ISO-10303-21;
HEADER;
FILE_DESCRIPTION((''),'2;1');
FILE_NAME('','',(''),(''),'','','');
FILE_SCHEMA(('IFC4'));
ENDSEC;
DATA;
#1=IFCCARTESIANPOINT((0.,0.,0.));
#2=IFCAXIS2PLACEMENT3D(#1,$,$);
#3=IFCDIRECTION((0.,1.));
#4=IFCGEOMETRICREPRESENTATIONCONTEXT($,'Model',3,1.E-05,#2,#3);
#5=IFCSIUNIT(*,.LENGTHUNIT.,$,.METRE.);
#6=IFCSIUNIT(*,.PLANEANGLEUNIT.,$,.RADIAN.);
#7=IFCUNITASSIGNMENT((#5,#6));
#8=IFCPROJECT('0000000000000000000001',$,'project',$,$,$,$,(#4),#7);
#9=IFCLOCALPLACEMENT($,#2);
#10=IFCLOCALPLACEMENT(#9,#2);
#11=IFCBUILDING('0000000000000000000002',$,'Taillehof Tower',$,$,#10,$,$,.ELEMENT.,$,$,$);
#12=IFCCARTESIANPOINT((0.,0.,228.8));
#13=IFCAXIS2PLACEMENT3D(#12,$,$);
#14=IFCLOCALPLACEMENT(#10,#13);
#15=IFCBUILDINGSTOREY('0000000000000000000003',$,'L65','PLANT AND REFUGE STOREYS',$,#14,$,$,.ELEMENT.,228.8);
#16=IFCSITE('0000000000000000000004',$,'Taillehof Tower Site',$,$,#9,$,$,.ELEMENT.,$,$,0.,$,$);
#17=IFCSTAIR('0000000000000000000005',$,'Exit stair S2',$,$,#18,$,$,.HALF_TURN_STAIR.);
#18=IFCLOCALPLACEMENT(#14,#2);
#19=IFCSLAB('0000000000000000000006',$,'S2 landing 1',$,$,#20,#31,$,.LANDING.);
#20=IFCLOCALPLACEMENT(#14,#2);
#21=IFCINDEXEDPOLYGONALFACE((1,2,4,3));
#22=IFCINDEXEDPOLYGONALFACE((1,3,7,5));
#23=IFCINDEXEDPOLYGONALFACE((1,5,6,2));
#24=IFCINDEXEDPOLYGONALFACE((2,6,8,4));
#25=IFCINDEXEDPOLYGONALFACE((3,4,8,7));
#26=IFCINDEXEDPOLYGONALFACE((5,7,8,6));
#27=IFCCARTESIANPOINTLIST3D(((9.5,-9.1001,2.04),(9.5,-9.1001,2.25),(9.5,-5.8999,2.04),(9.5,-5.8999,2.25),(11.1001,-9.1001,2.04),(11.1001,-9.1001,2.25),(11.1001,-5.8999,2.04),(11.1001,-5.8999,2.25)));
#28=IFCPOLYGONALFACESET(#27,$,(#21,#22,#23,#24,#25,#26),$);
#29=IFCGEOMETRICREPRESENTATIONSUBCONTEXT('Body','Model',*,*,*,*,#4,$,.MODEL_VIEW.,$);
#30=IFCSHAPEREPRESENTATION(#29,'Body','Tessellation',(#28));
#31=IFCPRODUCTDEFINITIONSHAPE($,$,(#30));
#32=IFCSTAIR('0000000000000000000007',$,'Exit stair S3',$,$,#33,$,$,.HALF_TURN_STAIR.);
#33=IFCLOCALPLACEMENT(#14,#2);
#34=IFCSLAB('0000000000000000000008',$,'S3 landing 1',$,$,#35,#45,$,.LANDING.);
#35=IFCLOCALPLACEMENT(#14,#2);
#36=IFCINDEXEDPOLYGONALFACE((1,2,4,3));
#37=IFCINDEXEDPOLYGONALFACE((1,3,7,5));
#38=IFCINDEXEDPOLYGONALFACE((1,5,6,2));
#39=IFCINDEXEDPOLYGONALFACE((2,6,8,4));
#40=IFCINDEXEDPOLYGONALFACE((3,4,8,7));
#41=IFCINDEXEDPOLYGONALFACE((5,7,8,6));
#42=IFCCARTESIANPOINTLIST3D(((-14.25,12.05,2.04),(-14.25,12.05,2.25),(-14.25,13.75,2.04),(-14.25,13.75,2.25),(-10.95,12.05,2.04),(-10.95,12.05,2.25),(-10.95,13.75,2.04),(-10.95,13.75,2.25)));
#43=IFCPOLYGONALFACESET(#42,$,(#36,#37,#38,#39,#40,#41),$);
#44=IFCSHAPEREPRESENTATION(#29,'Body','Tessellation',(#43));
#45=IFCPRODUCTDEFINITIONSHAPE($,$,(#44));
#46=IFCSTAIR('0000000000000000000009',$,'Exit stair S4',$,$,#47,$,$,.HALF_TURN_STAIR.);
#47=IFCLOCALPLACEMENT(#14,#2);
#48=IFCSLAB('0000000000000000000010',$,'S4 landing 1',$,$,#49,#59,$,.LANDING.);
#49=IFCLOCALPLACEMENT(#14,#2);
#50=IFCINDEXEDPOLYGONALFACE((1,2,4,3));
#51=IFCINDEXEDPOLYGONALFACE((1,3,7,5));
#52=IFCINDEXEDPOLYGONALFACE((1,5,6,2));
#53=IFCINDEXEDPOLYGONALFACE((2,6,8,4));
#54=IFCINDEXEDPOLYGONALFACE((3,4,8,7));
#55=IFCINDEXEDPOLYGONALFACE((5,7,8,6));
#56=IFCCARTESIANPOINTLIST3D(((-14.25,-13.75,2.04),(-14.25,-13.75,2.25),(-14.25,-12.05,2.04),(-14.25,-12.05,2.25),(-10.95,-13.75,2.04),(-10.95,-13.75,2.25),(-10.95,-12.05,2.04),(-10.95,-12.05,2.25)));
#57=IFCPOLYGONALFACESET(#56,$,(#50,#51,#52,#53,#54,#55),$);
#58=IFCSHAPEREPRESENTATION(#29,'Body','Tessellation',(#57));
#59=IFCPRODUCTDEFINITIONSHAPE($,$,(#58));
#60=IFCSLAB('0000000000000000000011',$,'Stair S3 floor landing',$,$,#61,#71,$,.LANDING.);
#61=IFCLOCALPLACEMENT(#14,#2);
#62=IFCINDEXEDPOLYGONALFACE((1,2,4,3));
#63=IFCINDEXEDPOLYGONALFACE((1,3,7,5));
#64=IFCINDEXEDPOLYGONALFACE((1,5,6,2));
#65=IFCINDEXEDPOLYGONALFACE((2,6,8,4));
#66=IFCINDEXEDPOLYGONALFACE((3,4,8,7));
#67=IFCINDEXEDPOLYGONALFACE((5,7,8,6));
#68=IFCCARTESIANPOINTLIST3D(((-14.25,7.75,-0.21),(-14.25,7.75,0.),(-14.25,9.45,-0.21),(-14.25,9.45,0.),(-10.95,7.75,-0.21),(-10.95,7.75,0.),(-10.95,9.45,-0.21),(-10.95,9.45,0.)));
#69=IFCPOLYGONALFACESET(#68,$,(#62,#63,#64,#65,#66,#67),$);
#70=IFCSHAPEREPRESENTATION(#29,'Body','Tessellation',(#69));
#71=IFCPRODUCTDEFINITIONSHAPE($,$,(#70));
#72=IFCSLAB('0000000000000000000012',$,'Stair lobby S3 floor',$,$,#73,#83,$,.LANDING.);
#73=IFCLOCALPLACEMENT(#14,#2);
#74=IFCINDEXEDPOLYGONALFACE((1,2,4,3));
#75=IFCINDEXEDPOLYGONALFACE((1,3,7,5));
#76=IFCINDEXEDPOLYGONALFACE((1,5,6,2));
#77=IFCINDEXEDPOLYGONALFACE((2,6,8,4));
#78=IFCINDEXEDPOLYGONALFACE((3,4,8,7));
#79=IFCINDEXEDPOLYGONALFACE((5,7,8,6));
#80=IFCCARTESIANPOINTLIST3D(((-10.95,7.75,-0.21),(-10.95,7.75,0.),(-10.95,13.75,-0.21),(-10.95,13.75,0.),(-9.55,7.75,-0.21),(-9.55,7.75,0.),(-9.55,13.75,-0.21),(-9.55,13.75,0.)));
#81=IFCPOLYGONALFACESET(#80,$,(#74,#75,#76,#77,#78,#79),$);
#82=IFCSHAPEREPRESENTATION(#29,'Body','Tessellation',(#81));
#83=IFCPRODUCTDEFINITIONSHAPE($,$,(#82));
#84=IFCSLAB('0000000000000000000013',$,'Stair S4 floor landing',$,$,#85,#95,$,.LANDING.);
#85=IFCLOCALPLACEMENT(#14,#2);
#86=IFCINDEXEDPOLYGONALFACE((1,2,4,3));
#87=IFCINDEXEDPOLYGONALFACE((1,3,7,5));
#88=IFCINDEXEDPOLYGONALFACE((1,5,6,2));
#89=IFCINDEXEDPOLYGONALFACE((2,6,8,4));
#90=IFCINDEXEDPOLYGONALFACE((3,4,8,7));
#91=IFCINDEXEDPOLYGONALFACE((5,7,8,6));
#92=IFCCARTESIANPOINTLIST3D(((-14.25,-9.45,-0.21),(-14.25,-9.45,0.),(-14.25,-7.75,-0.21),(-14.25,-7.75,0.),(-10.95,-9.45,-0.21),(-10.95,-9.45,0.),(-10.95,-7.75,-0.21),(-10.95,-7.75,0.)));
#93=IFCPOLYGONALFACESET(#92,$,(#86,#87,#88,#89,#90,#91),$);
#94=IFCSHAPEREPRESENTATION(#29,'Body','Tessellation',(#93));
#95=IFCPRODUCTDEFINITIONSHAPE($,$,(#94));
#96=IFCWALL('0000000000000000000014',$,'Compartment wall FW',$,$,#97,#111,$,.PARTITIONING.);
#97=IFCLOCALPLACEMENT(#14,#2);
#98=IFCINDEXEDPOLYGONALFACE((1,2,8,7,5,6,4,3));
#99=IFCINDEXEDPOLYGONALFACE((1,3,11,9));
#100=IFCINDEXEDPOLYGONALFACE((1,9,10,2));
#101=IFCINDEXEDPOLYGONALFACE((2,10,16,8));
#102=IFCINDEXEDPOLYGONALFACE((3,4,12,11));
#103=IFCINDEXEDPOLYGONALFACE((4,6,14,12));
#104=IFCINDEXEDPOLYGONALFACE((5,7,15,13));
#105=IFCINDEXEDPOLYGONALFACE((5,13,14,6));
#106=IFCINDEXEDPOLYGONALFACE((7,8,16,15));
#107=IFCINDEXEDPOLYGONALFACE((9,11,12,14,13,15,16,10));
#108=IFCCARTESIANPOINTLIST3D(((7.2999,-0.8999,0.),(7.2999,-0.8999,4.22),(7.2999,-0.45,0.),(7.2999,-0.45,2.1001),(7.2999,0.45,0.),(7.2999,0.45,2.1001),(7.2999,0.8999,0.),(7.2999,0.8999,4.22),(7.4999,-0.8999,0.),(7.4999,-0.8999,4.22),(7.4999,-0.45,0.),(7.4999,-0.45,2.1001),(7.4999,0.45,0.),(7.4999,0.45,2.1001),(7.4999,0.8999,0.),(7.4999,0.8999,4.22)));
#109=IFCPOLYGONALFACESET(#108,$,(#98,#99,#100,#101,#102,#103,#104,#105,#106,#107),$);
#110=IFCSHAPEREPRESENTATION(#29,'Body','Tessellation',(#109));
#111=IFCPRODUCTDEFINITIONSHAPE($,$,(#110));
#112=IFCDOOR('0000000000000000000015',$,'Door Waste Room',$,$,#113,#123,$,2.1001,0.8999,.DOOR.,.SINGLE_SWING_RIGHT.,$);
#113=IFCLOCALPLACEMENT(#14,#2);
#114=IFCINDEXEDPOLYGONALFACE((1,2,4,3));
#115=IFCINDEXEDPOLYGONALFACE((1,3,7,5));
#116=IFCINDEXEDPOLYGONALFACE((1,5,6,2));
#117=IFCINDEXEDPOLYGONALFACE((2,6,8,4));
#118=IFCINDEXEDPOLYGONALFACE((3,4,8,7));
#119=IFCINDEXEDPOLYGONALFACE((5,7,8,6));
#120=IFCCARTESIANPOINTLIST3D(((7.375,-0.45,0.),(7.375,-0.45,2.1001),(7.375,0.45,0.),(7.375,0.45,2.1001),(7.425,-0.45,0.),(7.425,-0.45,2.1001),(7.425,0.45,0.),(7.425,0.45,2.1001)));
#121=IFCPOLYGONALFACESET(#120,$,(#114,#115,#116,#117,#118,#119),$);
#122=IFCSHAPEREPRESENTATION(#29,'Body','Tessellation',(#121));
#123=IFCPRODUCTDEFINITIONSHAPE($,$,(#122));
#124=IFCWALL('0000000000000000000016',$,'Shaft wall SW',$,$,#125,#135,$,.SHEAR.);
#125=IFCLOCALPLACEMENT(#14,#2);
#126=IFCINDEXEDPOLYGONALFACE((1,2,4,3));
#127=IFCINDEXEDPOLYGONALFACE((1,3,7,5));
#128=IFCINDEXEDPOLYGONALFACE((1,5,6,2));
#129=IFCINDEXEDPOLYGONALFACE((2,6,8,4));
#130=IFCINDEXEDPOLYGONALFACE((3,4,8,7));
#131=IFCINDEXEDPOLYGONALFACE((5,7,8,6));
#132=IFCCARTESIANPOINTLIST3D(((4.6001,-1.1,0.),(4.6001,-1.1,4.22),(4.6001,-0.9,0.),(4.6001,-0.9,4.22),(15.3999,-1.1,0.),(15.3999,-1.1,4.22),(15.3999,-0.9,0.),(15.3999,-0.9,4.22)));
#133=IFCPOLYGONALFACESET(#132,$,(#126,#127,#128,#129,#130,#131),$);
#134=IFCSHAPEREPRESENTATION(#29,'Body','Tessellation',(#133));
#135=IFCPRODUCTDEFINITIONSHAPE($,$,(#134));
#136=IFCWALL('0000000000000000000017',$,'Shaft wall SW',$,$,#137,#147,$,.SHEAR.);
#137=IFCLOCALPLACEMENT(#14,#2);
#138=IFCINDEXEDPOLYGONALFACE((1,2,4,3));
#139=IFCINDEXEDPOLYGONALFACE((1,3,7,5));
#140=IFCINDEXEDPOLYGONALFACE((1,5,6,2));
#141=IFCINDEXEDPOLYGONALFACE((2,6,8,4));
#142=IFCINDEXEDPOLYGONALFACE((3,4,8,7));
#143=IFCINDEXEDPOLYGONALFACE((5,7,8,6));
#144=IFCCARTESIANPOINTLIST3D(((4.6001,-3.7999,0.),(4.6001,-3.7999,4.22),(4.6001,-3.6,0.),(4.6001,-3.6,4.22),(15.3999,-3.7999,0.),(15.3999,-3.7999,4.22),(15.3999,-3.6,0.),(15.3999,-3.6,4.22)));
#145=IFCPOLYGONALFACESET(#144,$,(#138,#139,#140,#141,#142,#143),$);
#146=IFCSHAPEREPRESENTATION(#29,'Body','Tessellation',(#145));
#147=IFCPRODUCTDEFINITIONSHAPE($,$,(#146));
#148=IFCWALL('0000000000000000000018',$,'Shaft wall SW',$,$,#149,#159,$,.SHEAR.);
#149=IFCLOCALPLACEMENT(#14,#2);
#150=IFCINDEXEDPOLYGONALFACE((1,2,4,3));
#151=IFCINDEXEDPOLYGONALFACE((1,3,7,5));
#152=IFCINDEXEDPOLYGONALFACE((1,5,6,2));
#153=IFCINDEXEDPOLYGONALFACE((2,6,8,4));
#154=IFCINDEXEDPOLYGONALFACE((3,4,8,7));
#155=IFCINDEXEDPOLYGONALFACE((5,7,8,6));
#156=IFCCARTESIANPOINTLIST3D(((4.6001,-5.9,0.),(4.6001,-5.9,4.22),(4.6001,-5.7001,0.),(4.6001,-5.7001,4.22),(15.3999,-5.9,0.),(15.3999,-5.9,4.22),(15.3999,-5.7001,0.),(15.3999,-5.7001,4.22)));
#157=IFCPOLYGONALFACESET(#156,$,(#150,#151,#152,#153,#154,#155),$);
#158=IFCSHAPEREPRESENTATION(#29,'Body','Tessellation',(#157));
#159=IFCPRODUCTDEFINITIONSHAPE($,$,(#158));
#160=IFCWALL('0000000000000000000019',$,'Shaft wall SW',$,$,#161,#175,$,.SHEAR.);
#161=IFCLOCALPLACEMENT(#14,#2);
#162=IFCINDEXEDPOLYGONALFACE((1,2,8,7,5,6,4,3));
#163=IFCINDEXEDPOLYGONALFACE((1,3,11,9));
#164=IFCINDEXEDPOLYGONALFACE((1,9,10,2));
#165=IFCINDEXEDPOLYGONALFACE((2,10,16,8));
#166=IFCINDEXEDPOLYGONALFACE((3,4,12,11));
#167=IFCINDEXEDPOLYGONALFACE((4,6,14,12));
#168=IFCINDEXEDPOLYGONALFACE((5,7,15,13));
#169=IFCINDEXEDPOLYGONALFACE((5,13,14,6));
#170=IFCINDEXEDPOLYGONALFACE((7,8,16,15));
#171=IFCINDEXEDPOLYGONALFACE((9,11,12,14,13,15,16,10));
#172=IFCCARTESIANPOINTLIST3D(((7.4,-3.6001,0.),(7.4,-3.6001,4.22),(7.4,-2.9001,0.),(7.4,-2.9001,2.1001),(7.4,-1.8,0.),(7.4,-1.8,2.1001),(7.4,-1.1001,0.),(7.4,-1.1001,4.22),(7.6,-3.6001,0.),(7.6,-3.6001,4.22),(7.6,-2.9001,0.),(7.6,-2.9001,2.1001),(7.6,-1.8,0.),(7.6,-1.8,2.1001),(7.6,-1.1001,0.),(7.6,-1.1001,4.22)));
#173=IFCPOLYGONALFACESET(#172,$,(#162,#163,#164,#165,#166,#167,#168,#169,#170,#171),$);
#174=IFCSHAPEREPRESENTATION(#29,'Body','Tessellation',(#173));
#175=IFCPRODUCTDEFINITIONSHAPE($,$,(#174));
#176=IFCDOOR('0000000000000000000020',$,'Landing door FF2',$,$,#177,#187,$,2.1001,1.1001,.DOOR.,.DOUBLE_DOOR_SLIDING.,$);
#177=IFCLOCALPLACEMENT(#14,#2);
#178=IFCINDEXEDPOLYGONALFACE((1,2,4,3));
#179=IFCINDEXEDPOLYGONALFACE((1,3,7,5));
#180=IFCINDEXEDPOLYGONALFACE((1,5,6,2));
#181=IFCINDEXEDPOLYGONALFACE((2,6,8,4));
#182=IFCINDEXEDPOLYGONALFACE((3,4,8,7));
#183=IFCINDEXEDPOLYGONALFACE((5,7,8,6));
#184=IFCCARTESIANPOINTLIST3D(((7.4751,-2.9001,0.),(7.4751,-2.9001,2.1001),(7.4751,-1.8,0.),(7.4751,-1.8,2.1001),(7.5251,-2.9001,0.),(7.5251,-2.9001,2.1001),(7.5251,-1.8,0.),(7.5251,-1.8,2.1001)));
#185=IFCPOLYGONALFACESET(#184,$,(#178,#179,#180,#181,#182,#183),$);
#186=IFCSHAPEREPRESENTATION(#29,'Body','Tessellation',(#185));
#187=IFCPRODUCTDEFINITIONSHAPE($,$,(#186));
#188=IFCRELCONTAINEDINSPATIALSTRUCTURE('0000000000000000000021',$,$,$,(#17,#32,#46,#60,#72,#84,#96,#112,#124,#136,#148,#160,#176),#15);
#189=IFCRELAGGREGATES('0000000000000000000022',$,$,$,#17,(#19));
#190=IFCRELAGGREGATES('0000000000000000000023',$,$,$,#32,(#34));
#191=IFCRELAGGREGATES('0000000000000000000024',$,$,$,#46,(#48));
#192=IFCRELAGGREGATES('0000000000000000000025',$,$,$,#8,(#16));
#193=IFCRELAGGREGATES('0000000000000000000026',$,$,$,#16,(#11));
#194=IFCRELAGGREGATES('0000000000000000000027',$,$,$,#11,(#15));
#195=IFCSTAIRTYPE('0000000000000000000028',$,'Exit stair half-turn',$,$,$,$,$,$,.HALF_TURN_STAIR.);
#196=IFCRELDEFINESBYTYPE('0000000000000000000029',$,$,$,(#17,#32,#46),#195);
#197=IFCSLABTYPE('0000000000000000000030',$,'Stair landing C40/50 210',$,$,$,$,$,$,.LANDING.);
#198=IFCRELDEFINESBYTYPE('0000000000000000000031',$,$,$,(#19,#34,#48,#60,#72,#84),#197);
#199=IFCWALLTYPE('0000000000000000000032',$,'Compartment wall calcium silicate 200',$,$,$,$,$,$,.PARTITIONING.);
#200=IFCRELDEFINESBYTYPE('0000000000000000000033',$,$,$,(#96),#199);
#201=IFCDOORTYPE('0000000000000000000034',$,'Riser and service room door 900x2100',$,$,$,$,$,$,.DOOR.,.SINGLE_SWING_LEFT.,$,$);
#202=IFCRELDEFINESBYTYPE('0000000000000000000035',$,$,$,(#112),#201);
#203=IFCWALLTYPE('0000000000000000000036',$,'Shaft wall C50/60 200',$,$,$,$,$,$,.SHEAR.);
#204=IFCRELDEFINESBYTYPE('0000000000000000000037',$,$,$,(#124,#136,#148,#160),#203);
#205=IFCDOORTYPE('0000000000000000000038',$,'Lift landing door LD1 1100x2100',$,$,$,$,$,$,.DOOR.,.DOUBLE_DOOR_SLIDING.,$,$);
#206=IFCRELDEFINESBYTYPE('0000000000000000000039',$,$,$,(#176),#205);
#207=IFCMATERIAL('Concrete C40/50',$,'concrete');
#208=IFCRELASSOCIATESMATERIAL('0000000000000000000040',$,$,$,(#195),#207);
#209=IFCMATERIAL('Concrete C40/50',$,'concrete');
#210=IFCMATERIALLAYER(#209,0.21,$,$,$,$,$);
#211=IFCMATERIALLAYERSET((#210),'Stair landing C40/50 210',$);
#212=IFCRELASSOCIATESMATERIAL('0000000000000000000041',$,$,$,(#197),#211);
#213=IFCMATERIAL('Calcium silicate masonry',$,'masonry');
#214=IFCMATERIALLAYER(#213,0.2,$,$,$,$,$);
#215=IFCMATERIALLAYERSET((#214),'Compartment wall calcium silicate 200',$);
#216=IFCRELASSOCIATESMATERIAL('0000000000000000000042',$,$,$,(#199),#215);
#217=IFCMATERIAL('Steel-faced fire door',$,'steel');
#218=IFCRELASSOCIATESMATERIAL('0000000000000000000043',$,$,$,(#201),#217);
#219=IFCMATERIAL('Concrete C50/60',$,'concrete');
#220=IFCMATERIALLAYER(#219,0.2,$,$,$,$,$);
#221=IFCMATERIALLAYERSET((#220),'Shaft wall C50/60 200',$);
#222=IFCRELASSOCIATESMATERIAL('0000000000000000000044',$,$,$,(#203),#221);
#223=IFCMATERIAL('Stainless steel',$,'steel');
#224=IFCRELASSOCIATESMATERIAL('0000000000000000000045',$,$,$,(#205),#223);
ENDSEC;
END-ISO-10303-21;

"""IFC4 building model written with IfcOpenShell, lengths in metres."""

from ifc_helpers import new_model, si_unit, direction, frame, frame_2d, origin, place, context, subcontext, project, spatial, polyline, rectangle, outline, extrude, material, layer, layer_set, type_object, element, fill, aggregate, save


model = new_model("IFC4")

# Units and contexts
model_context = context("Model", 3, precision=1e-05, world=origin(), true_north=direction((0.0, 1.0)))
body_context = subcontext(model_context, "Body", "Model", "MODEL_VIEW")
ifc_project = project(units=[si_unit("LENGTHUNIT", "METRE"), si_unit("PLANEANGLEUNIT", "RADIAN")], contexts=[model_context])

# Site, building, storey
site_placement = place(None, origin())
site = spatial("IfcSite", under=ifc_project, at=site_placement, Name="Taillehof Tower Site", CompositionType="ELEMENT", RefElevation=0.0)
building_placement = place(site_placement, origin())
building = spatial("IfcBuilding", under=site, at=building_placement, Name="Taillehof Tower", CompositionType="ELEMENT")
storey_placement = place(building_placement, frame((0.0, 0.0, 228.8)))
storey = spatial("IfcBuildingStorey", under=building, at=storey_placement, Name="L65", Description="PLANT AND REFUGE STOREYS", CompositionType="ELEMENT", Elevation=228.8)

# Stairs, slabs
ifc_material_1 = material(Name="Concrete C40/50", Category="concrete")
stair_type = type_object("IfcStairType", Name="Exit stair half-turn", PredefinedType="HALF_TURN_STAIR", material=ifc_material_1)
stair_1_placement = place(storey_placement, origin())
stair_1 = element("IfcStair", 1, at=stair_1_placement, inside=storey, type_object=stair_type, Name="Exit stair S2", PredefinedType="HALF_TURN_STAIR")
ifc_material_2 = material(Name="Concrete C40/50", Category="concrete")
ifc_layer_1 = layer(ifc_material_2, 0.21)
ifc_layer_set_1 = layer_set([ifc_layer_1], Name="Stair landing C40/50 210")
slab_type = type_object("IfcSlabType", Name="Stair landing C40/50 210", PredefinedType="LANDING", material=ifc_layer_set_1)
slab_1_placement = place(storey_placement, frame((0.0, 0.0, 2.04)))
slab_1 = element("IfcSlab", 2, at=slab_1_placement, type_object=slab_type, Name="S2 landing 1", PredefinedType="LANDING", context=body_context, shape_type="SweptSolid", body=[
    extrude(outline(polyline([(9.5, -5.8999), (11.1001, -5.8999), (11.1001, -9.1001), (9.5, -9.1001), (9.5, -5.8999)])), origin(), (0.0, 0.0, 1.0), 0.21),
])
aggregate(stair_1, [slab_1])
stair_2_placement = place(storey_placement, origin())
stair_2 = element("IfcStair", 3, at=stair_2_placement, inside=storey, type_object=stair_type, Name="Exit stair S3", PredefinedType="HALF_TURN_STAIR")
slab_2_placement = place(storey_placement, frame((0.0, 0.0, 2.04)))
slab_2 = element("IfcSlab", 4, at=slab_2_placement, type_object=slab_type, Name="S3 landing 1", PredefinedType="LANDING", context=body_context, shape_type="SweptSolid", body=[
    extrude(outline(polyline([(-14.25, 12.05), (-14.25, 13.75), (-10.95, 13.75), (-10.95, 12.05), (-14.25, 12.05)])), origin(), (0.0, 0.0, 1.0), 0.21),
])
aggregate(stair_2, [slab_2])
stair_3_placement = place(storey_placement, origin())
stair_3 = element("IfcStair", 5, at=stair_3_placement, inside=storey, type_object=stair_type, Name="Exit stair S4", PredefinedType="HALF_TURN_STAIR")
slab_3_placement = place(storey_placement, frame((0.0, 0.0, 2.04)))
slab_3 = element("IfcSlab", 6, at=slab_3_placement, type_object=slab_type, Name="S4 landing 1", PredefinedType="LANDING", context=body_context, shape_type="SweptSolid", body=[
    extrude(outline(polyline([(-14.25, -12.05), (-14.25, -13.75), (-10.95, -13.75), (-10.95, -12.05), (-14.25, -12.05)])), origin(), (0.0, 0.0, 1.0), 0.21),
])
aggregate(stair_3, [slab_3])

# Slabs
slab_4_placement = place(storey_placement, frame((0.0, 0.0, -0.21)))
element("IfcSlab", 7, at=slab_4_placement, inside=storey, type_object=slab_type, Name="Stair S3 floor landing", PredefinedType="LANDING", context=body_context, shape_type="SweptSolid", body=[
    extrude(outline(polyline([(-14.25, 7.75), (-14.25, 9.45), (-10.95, 9.45), (-10.95, 7.75), (-14.25, 7.75)])), origin(), (0.0, 0.0, 1.0), 0.21),
])
slab_5_placement = place(storey_placement, frame((0.0, 0.0, -0.21)))
element("IfcSlab", 8, at=slab_5_placement, inside=storey, type_object=slab_type, Name="Stair lobby S3 floor", PredefinedType="LANDING", context=body_context, shape_type="SweptSolid", body=[
    extrude(outline(polyline([(-10.95, 7.75), (-9.55, 7.75), (-9.55, 13.75), (-10.95, 13.75), (-10.95, 7.75)])), origin(), (0.0, 0.0, 1.0), 0.21),
])
slab_6_placement = place(storey_placement, frame((0.0, 0.0, -0.21)))
element("IfcSlab", 9, at=slab_6_placement, inside=storey, type_object=slab_type, Name="Stair S4 floor landing", PredefinedType="LANDING", context=body_context, shape_type="SweptSolid", body=[
    extrude(outline(polyline([(-14.25, -7.75), (-14.25, -9.45), (-10.95, -9.45), (-10.95, -7.75), (-14.25, -7.75)])), origin(), (0.0, 0.0, 1.0), 0.21),
])

# Wall, opening, door
ifc_material_3 = material(Name="Calcium silicate masonry", Category="masonry")
ifc_layer_2 = layer(ifc_material_3, 0.2)
ifc_layer_set_2 = layer_set([ifc_layer_2], Name="Compartment wall calcium silicate 200")
wall_type_1 = type_object("IfcWallType", Name="Compartment wall calcium silicate 200", PredefinedType="PARTITIONING", material=ifc_layer_set_2)
wall_1_placement = place(storey_placement, frame((7.3999, -0.8999, 0.0), z_axis=(0.0, 0.0, 1.0), x_axis=(0.0, 1.0, 0.0)))
wall_1 = element("IfcWall", 10, at=wall_1_placement, inside=storey, type_object=wall_type_1, Name="Compartment wall FW", PredefinedType="PARTITIONING", context=body_context, shape_type="SweptSolid", body=[
    extrude(rectangle(XDim=1.7998, YDim=0.2, at=frame_2d((0.8999, 0.0))), origin(), (0.0, 0.0, 1.0), 4.22),
])
opening_1_placement = place(wall_1_placement, frame((0.45, 0.0, 0.0)))
opening_1 = element("IfcOpeningElement", 11, at=opening_1_placement, cuts=wall_1, PredefinedType="OPENING", context=body_context, shape_type="SweptSolid", body=[
    extrude(rectangle(XDim=0.8999, YDim=2.1001, at=frame_2d((0.45, 1.05))), frame((0.0, 0.1099, 0.0), z_axis=(0.0, -1.0, 0.0), x_axis=(1.0, 0.0, 0.0)), (0.0, 0.0, 1.0), 0.22),
])
ifc_material_4 = material(Name="Steel-faced fire door", Category="steel")
door_type_1 = type_object("IfcDoorType", Name="Riser and service room door 900x2100", OperationType="SINGLE_SWING_LEFT", PredefinedType="DOOR", material=ifc_material_4)
door_1_placement = place(opening_1_placement, origin())
door_1 = element("IfcDoor", 12, at=door_1_placement, inside=storey, type_object=door_type_1, Name="Door Waste Room", OperationType="SINGLE_SWING_RIGHT", OverallHeight=2.1001, OverallWidth=0.8999, PredefinedType="DOOR", context=body_context, shape_type="SweptSolid", body=[
    extrude(rectangle(XDim=0.8999, YDim=2.1001, at=frame_2d((0.45, 1.05))), frame((0.0, 0.0249, 0.0), z_axis=(0.0, -1.0, 0.0), x_axis=(1.0, 0.0, 0.0)), (0.0, 0.0, 1.0), 0.05),
])
fill(opening_1, door_1)

# Walls
ifc_material_5 = material(Name="Concrete C50/60", Category="concrete")
ifc_layer_3 = layer(ifc_material_5, 0.2)
ifc_layer_set_3 = layer_set([ifc_layer_3], Name="Shaft wall C50/60 200")
wall_type_2 = type_object("IfcWallType", Name="Shaft wall C50/60 200", PredefinedType="SHEAR", material=ifc_layer_set_3)
for number, where, z_axis, x_axis, name in (
    (13, (4.6001, -1.0, 0.0), (0.0, 0.0, 1.0), (1.0, 0.0, 0.0), "Shaft wall SW"),
    (14, (4.6001, -3.7, 0.0), (0.0, 0.0, 1.0), (1.0, 0.0, 0.0), "Shaft wall SW"),
    (15, (4.6001, -5.8, 0.0), (0.0, 0.0, 1.0), (1.0, 0.0, 0.0), "Shaft wall SW"),
):
    element("IfcWall", number, at=place(storey_placement, frame(where, z_axis=z_axis, x_axis=x_axis)), inside=storey, type_object=wall_type_2, Name=name, PredefinedType="SHEAR", context=body_context, shape_type="SweptSolid", body=[
        extrude(rectangle(XDim=10.7998, YDim=0.2, at=frame_2d((5.3999, 0.0))), origin(), (0.0, 0.0, 1.0), 4.22),
    ])

# Wall, opening, door
wall_2_placement = place(storey_placement, frame((7.5, -3.6001, 0.0), z_axis=(0.0, 0.0, 1.0), x_axis=(0.0, 1.0, 0.0)))
wall_2 = element("IfcWall", 16, at=wall_2_placement, inside=storey, type_object=wall_type_2, Name="Shaft wall SW", PredefinedType="SHEAR", context=body_context, shape_type="SweptSolid", body=[
    extrude(rectangle(XDim=2.5, YDim=0.2, at=frame_2d((1.25, 0.0))), origin(), (0.0, 0.0, 1.0), 4.22),
])
opening_2_placement = place(wall_2_placement, frame((0.7, 0.0, 0.0)))
opening_2 = element("IfcOpeningElement", 17, at=opening_2_placement, cuts=wall_2, PredefinedType="OPENING", context=body_context, shape_type="SweptSolid", body=[
    extrude(rectangle(XDim=1.1001, YDim=2.1001, at=frame_2d((0.55, 1.05))), frame((0.0, 0.1099, 0.0), z_axis=(0.0, -1.0, 0.0), x_axis=(1.0, 0.0, 0.0)), (0.0, 0.0, 1.0), 0.22),
])
ifc_material_6 = material(Name="Stainless steel", Category="steel")
door_type_2 = type_object("IfcDoorType", Name="Lift landing door LD1 1100x2100", OperationType="DOUBLE_DOOR_SLIDING", PredefinedType="DOOR", material=ifc_material_6)
door_2_placement = place(opening_2_placement, origin())
door_2 = element("IfcDoor", 18, at=door_2_placement, inside=storey, type_object=door_type_2, Name="Landing door FF2", OperationType="DOUBLE_DOOR_SLIDING", OverallHeight=2.1001, OverallWidth=1.1001, PredefinedType="DOOR", context=body_context, shape_type="SweptSolid", body=[
    extrude(rectangle(XDim=1.1001, YDim=2.1001, at=frame_2d((0.55, 1.05))), frame((0.0, 0.0249, 0.0), z_axis=(0.0, -1.0, 0.0), x_axis=(1.0, 0.0, 0.0)), (0.0, 0.0, 1.0), 0.05),
])
fill(opening_2, door_2)

save(model, "model.ifc")
